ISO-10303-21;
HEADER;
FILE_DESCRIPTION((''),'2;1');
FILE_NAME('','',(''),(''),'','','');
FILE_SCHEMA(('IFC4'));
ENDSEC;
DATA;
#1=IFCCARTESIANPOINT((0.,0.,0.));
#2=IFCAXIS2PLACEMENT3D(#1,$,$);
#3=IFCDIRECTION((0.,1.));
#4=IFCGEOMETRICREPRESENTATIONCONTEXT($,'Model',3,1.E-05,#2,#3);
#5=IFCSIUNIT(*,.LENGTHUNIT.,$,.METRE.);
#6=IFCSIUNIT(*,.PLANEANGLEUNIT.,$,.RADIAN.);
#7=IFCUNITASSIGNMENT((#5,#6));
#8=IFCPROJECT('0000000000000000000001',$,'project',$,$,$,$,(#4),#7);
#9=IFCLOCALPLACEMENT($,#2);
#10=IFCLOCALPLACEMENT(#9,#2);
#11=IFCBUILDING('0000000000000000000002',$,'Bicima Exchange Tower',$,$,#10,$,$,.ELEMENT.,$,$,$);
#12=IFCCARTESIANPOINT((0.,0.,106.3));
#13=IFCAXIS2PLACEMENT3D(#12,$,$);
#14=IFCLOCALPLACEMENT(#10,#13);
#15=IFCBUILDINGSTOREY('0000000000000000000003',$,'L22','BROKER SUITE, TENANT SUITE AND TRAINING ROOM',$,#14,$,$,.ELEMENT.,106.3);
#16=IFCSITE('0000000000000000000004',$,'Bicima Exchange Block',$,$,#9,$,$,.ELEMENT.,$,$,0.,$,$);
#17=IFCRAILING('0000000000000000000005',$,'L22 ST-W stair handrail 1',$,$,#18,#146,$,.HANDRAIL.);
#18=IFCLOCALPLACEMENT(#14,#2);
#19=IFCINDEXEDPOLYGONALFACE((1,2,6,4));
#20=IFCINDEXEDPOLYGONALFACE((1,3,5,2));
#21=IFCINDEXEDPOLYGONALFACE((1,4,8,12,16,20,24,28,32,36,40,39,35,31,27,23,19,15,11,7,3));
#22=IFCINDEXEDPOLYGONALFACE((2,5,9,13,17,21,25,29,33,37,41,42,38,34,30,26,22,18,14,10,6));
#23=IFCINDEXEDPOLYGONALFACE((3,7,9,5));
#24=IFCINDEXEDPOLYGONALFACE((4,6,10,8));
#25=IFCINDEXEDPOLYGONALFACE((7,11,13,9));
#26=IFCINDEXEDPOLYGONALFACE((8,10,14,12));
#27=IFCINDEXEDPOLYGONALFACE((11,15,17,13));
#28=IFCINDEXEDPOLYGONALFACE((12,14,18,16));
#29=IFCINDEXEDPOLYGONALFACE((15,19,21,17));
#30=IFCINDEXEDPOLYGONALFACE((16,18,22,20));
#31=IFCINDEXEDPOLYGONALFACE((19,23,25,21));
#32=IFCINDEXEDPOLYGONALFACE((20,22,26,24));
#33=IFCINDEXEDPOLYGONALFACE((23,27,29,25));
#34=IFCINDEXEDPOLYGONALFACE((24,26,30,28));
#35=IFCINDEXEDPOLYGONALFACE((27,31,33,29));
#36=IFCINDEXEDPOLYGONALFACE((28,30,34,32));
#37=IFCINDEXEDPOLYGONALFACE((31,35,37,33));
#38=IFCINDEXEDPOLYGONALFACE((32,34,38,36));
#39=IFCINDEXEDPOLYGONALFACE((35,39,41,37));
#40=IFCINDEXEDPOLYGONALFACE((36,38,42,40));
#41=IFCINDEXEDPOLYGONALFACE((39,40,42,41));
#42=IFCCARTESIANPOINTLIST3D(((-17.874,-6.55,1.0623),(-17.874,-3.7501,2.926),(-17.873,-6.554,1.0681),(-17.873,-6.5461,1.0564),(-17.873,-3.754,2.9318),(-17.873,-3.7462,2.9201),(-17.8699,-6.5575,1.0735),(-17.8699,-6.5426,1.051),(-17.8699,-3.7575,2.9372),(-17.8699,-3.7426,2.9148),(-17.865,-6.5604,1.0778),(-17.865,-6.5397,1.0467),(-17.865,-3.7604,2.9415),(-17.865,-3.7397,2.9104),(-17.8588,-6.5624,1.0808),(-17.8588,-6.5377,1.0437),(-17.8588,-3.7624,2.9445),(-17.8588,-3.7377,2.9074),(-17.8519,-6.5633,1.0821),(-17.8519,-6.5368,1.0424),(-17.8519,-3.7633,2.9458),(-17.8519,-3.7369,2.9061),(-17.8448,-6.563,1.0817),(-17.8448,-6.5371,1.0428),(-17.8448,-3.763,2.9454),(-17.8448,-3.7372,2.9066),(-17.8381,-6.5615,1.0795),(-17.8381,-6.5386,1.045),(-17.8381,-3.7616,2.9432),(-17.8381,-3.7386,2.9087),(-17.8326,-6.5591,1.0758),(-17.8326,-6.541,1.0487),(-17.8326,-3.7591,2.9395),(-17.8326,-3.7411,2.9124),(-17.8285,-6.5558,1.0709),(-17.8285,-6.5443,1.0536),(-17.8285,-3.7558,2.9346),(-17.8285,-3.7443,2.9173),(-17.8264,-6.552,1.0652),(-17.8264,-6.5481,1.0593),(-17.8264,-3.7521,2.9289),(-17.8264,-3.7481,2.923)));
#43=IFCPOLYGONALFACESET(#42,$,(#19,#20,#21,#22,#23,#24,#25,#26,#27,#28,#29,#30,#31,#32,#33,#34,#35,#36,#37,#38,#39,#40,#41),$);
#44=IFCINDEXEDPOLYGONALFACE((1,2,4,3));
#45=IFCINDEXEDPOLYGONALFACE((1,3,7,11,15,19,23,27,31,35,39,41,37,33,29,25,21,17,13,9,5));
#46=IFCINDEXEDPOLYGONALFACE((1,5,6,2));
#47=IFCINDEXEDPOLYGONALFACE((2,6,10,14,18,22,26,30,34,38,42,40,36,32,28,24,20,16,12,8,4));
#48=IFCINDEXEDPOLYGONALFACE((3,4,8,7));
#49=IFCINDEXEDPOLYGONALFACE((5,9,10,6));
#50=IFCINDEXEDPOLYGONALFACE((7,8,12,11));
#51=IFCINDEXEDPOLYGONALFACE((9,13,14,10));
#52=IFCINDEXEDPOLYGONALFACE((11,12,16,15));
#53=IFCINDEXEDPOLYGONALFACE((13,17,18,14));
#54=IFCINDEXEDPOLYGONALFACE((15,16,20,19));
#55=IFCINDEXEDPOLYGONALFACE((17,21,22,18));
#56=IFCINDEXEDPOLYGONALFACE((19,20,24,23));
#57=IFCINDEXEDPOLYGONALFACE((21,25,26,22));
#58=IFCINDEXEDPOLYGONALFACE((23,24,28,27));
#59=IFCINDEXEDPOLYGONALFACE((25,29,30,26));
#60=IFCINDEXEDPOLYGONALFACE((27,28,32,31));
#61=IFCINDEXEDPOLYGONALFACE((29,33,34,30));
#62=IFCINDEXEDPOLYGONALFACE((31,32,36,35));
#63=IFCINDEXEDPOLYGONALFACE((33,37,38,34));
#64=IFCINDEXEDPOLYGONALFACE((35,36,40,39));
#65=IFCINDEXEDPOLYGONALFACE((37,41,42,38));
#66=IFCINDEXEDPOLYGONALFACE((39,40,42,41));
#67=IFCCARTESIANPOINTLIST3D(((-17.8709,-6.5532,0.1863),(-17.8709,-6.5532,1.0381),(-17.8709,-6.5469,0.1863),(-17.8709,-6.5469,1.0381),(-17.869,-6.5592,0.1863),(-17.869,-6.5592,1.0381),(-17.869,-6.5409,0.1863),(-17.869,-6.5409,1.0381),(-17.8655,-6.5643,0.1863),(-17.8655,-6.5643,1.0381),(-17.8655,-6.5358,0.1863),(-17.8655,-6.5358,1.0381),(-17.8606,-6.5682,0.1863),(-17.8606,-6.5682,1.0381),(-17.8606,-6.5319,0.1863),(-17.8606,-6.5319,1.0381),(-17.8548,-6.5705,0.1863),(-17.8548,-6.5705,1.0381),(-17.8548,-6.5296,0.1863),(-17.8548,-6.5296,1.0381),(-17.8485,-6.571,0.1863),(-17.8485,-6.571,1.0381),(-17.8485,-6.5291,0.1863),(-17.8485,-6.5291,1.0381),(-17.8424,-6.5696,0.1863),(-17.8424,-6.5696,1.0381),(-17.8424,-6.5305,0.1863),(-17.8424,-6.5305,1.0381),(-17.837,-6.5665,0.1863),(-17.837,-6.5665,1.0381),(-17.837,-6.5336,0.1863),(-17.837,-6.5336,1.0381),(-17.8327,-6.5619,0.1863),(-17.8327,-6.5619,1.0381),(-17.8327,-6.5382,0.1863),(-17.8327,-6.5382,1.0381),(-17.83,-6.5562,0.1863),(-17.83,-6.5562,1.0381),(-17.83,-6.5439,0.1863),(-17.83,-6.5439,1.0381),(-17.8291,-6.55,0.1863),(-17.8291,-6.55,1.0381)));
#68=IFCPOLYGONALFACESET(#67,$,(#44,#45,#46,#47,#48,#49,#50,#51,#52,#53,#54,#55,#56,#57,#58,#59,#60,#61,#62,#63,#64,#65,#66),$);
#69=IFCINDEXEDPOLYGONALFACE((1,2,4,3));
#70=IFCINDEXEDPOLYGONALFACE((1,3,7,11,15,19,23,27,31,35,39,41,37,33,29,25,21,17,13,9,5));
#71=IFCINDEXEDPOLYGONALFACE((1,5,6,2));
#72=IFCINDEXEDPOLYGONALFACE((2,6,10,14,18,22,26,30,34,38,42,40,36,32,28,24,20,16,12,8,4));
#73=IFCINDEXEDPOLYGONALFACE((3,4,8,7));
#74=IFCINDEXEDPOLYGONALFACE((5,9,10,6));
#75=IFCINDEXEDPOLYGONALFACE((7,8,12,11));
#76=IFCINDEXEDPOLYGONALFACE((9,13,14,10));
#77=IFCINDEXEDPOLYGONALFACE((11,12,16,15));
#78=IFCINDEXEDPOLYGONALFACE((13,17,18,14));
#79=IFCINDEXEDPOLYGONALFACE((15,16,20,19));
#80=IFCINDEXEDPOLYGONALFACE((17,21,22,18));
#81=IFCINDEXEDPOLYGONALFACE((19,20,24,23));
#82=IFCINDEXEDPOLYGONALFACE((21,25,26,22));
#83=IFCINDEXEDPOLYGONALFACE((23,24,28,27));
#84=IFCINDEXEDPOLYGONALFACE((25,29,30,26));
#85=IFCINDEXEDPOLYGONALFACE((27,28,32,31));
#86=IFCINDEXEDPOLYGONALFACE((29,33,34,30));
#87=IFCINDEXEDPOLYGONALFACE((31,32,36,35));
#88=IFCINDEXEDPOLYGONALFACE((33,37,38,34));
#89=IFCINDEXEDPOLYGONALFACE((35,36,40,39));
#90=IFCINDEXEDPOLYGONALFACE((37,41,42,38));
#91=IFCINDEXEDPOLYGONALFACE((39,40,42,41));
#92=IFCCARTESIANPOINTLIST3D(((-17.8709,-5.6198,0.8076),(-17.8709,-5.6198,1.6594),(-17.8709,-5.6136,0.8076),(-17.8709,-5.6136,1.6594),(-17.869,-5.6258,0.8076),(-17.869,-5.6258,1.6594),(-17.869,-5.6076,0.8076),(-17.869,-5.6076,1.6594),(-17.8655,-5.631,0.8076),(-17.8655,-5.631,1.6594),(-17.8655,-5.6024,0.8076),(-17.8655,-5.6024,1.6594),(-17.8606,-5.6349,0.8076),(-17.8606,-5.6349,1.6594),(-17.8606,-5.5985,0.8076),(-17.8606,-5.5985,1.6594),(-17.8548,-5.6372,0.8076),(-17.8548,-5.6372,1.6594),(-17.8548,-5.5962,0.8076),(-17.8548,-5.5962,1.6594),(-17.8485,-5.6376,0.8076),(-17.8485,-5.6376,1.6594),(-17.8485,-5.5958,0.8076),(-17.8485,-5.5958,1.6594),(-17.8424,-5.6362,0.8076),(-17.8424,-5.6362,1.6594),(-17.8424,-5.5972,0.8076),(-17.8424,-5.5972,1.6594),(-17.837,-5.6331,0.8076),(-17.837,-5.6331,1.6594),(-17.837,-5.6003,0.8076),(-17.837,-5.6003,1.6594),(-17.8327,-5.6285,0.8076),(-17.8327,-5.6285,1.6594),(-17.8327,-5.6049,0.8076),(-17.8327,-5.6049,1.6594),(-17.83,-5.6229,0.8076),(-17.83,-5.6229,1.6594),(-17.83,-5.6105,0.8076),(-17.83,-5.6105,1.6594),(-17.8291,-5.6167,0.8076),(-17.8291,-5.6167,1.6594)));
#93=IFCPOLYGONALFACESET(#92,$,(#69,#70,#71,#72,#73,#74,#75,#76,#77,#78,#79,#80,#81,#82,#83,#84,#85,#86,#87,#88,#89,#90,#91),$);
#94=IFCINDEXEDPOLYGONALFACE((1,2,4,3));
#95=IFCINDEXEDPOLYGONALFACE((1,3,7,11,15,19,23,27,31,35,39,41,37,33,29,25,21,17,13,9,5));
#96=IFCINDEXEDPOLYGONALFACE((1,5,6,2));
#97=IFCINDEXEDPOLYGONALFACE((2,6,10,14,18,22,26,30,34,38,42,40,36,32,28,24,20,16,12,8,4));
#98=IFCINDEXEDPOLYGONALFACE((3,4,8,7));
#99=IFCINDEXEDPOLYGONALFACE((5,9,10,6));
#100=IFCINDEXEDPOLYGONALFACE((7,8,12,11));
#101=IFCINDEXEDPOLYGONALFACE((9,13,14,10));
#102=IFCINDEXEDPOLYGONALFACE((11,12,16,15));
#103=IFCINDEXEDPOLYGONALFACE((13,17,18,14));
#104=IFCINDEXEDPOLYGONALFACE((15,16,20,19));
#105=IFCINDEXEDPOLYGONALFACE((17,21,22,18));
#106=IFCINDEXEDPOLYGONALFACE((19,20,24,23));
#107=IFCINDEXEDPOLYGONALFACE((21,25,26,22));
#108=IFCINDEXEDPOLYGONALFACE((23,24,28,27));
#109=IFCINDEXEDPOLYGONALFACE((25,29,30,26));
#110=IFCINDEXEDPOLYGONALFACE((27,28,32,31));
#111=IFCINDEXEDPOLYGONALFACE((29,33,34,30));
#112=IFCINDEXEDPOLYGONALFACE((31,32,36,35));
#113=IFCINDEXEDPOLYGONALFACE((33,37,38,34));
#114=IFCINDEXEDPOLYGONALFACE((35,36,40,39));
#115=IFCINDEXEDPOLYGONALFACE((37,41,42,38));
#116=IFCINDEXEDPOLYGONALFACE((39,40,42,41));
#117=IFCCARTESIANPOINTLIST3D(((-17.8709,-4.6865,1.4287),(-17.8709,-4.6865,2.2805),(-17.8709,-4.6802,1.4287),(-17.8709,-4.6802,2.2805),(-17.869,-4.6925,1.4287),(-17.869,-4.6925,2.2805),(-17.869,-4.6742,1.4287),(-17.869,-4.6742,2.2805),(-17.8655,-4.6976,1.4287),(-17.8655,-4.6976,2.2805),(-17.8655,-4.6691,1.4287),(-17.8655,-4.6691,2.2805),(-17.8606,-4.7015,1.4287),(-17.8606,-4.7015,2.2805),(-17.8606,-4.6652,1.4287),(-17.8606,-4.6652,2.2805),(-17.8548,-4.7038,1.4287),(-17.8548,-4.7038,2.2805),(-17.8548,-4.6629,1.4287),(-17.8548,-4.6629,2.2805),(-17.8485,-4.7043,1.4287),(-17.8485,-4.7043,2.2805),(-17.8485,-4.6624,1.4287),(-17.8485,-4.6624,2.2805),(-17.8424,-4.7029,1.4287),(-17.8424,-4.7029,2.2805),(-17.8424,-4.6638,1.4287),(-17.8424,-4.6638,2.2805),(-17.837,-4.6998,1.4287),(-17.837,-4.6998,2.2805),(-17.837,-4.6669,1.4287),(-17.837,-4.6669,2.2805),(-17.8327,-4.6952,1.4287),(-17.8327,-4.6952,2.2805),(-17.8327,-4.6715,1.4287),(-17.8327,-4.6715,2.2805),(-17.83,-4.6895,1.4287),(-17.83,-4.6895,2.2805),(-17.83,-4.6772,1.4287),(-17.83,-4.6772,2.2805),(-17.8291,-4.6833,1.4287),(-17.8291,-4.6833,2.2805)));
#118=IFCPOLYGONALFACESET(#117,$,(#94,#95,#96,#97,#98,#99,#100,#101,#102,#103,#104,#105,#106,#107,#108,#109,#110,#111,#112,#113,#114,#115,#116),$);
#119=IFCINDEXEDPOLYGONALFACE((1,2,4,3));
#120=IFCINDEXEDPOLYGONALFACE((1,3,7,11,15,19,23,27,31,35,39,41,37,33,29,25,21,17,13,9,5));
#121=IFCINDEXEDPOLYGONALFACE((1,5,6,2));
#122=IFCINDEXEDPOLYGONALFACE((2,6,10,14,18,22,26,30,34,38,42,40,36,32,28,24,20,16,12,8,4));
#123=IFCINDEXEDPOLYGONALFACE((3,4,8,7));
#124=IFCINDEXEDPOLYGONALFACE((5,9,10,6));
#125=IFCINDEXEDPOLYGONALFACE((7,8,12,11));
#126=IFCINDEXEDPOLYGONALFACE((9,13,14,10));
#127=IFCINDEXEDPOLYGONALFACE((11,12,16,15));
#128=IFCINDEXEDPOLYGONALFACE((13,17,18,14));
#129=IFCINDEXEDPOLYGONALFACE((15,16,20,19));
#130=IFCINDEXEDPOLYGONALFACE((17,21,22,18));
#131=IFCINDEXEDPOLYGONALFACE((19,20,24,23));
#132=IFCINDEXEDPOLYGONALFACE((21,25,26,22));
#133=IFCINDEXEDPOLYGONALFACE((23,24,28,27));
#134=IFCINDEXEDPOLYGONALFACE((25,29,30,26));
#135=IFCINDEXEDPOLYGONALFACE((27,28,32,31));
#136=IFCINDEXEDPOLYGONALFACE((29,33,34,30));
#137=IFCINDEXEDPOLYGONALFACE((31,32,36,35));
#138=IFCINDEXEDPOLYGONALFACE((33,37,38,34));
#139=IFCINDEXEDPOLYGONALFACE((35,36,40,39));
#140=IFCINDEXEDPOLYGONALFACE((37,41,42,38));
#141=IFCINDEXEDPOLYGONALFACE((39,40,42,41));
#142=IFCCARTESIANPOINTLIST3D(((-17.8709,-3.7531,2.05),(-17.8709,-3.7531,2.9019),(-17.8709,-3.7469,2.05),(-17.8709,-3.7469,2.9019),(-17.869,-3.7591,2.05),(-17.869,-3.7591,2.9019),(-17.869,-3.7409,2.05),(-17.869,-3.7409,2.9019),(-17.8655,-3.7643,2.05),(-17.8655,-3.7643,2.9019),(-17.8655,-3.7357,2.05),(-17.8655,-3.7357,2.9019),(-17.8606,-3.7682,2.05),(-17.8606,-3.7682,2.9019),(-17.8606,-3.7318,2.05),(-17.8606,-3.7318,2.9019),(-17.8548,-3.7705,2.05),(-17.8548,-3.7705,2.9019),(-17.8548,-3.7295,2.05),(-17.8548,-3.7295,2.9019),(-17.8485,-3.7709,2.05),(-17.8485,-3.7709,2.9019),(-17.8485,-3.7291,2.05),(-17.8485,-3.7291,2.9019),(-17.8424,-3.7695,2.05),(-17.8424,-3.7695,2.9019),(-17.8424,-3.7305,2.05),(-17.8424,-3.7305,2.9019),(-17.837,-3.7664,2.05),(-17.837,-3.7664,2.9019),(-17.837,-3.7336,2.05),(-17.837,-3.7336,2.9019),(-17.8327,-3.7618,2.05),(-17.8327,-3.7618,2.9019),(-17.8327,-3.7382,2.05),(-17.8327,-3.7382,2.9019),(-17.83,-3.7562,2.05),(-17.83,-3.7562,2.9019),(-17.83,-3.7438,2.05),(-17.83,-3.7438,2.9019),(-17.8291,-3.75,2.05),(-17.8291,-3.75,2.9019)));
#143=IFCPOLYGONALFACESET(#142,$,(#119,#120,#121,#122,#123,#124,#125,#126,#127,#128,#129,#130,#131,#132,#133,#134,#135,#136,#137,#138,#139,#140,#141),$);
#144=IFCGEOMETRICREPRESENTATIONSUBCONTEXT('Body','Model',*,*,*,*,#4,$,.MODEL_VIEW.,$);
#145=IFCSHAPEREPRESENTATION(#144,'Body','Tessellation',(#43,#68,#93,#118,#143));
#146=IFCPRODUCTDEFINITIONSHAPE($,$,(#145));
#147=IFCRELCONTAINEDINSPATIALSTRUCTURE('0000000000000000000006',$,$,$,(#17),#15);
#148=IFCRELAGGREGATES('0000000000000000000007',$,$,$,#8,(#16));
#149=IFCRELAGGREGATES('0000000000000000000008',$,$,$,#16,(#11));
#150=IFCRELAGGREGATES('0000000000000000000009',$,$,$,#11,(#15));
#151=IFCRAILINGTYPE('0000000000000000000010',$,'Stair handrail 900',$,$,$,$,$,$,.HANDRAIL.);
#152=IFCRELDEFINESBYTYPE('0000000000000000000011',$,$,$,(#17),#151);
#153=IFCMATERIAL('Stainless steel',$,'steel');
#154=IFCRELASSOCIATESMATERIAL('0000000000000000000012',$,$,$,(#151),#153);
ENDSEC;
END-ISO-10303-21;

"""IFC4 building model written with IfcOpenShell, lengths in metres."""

from ifc_helpers import new_model, si_unit, direction, frame, origin, origin_2d, place, context, subcontext, project, spatial, circle, extrude, material, type_object, element, save


model = new_model("IFC4")

# Units and contexts
model_context = context("Model", 3, precision=1e-05, world=origin(), true_north=direction((0.0, 1.0)))
body_context = subcontext(model_context, "Body", "Model", "MODEL_VIEW")
ifc_project = project(units=[si_unit("LENGTHUNIT", "METRE"), si_unit("PLANEANGLEUNIT", "RADIAN")], contexts=[model_context])

# Site, building, storey
site_placement = place(None, origin())
site = spatial("IfcSite", under=ifc_project, at=site_placement, Name="Bicima Exchange Block", CompositionType="ELEMENT", RefElevation=0.0)
building_placement = place(site_placement, origin())
building = spatial("IfcBuilding", under=site, at=building_placement, Name="Bicima Exchange Tower", CompositionType="ELEMENT")
storey_placement = place(building_placement, frame((0.0, 0.0, 106.3)))
storey = spatial("IfcBuildingStorey", under=building, at=storey_placement, Name="L22", Description="BROKER SUITE, TENANT SUITE AND TRAINING ROOM", CompositionType="ELEMENT", Elevation=106.3)

# Shared definitions
ifc_material_1 = material(Name="Stainless steel", Category="steel")

# Railing
railing_type_1 = type_object("IfcRailingType", Name="Stair handrail 900", PredefinedType="HANDRAIL", material=ifc_material_1)
railing_1_placement = place(storey_placement, frame((-17.8501, -6.55, 0.1863)))
element("IfcRailing", 1, at=railing_1_placement, inside=storey, type_object=railing_type_1, Name="L22 ST-W stair handrail 1", PredefinedType="HANDRAIL", context=body_context, shape_type="SweptSolid", body=[
    extrude(circle(Radius=0.0239, at=origin_2d()), frame((0.0, 0.0, 0.876), z_axis=(0.0, 0.832452, 0.554097), x_axis=(-1.0, 0.0, 0.0)), (0.0, 0.0, 1.0), 3.3635),
    extrude(circle(Radius=0.021, at=origin_2d()), origin(), (0.0, 0.0, 1.0), 0.8518),
    extrude(circle(Radius=0.021, at=origin_2d()), frame((0.0, 0.9333, 0.6213)), (0.0, 0.0, 1.0), 0.8518),
    extrude(circle(Radius=0.021, at=origin_2d()), frame((0.0, 1.8667, 1.2424)), (0.0, 0.0, 1.0), 0.8518),
    extrude(circle(Radius=0.021, at=origin_2d()), frame((0.0, 2.8, 1.8638)), (0.0, 0.0, 1.0), 0.8518),
])

save(model, "model.ifc")
